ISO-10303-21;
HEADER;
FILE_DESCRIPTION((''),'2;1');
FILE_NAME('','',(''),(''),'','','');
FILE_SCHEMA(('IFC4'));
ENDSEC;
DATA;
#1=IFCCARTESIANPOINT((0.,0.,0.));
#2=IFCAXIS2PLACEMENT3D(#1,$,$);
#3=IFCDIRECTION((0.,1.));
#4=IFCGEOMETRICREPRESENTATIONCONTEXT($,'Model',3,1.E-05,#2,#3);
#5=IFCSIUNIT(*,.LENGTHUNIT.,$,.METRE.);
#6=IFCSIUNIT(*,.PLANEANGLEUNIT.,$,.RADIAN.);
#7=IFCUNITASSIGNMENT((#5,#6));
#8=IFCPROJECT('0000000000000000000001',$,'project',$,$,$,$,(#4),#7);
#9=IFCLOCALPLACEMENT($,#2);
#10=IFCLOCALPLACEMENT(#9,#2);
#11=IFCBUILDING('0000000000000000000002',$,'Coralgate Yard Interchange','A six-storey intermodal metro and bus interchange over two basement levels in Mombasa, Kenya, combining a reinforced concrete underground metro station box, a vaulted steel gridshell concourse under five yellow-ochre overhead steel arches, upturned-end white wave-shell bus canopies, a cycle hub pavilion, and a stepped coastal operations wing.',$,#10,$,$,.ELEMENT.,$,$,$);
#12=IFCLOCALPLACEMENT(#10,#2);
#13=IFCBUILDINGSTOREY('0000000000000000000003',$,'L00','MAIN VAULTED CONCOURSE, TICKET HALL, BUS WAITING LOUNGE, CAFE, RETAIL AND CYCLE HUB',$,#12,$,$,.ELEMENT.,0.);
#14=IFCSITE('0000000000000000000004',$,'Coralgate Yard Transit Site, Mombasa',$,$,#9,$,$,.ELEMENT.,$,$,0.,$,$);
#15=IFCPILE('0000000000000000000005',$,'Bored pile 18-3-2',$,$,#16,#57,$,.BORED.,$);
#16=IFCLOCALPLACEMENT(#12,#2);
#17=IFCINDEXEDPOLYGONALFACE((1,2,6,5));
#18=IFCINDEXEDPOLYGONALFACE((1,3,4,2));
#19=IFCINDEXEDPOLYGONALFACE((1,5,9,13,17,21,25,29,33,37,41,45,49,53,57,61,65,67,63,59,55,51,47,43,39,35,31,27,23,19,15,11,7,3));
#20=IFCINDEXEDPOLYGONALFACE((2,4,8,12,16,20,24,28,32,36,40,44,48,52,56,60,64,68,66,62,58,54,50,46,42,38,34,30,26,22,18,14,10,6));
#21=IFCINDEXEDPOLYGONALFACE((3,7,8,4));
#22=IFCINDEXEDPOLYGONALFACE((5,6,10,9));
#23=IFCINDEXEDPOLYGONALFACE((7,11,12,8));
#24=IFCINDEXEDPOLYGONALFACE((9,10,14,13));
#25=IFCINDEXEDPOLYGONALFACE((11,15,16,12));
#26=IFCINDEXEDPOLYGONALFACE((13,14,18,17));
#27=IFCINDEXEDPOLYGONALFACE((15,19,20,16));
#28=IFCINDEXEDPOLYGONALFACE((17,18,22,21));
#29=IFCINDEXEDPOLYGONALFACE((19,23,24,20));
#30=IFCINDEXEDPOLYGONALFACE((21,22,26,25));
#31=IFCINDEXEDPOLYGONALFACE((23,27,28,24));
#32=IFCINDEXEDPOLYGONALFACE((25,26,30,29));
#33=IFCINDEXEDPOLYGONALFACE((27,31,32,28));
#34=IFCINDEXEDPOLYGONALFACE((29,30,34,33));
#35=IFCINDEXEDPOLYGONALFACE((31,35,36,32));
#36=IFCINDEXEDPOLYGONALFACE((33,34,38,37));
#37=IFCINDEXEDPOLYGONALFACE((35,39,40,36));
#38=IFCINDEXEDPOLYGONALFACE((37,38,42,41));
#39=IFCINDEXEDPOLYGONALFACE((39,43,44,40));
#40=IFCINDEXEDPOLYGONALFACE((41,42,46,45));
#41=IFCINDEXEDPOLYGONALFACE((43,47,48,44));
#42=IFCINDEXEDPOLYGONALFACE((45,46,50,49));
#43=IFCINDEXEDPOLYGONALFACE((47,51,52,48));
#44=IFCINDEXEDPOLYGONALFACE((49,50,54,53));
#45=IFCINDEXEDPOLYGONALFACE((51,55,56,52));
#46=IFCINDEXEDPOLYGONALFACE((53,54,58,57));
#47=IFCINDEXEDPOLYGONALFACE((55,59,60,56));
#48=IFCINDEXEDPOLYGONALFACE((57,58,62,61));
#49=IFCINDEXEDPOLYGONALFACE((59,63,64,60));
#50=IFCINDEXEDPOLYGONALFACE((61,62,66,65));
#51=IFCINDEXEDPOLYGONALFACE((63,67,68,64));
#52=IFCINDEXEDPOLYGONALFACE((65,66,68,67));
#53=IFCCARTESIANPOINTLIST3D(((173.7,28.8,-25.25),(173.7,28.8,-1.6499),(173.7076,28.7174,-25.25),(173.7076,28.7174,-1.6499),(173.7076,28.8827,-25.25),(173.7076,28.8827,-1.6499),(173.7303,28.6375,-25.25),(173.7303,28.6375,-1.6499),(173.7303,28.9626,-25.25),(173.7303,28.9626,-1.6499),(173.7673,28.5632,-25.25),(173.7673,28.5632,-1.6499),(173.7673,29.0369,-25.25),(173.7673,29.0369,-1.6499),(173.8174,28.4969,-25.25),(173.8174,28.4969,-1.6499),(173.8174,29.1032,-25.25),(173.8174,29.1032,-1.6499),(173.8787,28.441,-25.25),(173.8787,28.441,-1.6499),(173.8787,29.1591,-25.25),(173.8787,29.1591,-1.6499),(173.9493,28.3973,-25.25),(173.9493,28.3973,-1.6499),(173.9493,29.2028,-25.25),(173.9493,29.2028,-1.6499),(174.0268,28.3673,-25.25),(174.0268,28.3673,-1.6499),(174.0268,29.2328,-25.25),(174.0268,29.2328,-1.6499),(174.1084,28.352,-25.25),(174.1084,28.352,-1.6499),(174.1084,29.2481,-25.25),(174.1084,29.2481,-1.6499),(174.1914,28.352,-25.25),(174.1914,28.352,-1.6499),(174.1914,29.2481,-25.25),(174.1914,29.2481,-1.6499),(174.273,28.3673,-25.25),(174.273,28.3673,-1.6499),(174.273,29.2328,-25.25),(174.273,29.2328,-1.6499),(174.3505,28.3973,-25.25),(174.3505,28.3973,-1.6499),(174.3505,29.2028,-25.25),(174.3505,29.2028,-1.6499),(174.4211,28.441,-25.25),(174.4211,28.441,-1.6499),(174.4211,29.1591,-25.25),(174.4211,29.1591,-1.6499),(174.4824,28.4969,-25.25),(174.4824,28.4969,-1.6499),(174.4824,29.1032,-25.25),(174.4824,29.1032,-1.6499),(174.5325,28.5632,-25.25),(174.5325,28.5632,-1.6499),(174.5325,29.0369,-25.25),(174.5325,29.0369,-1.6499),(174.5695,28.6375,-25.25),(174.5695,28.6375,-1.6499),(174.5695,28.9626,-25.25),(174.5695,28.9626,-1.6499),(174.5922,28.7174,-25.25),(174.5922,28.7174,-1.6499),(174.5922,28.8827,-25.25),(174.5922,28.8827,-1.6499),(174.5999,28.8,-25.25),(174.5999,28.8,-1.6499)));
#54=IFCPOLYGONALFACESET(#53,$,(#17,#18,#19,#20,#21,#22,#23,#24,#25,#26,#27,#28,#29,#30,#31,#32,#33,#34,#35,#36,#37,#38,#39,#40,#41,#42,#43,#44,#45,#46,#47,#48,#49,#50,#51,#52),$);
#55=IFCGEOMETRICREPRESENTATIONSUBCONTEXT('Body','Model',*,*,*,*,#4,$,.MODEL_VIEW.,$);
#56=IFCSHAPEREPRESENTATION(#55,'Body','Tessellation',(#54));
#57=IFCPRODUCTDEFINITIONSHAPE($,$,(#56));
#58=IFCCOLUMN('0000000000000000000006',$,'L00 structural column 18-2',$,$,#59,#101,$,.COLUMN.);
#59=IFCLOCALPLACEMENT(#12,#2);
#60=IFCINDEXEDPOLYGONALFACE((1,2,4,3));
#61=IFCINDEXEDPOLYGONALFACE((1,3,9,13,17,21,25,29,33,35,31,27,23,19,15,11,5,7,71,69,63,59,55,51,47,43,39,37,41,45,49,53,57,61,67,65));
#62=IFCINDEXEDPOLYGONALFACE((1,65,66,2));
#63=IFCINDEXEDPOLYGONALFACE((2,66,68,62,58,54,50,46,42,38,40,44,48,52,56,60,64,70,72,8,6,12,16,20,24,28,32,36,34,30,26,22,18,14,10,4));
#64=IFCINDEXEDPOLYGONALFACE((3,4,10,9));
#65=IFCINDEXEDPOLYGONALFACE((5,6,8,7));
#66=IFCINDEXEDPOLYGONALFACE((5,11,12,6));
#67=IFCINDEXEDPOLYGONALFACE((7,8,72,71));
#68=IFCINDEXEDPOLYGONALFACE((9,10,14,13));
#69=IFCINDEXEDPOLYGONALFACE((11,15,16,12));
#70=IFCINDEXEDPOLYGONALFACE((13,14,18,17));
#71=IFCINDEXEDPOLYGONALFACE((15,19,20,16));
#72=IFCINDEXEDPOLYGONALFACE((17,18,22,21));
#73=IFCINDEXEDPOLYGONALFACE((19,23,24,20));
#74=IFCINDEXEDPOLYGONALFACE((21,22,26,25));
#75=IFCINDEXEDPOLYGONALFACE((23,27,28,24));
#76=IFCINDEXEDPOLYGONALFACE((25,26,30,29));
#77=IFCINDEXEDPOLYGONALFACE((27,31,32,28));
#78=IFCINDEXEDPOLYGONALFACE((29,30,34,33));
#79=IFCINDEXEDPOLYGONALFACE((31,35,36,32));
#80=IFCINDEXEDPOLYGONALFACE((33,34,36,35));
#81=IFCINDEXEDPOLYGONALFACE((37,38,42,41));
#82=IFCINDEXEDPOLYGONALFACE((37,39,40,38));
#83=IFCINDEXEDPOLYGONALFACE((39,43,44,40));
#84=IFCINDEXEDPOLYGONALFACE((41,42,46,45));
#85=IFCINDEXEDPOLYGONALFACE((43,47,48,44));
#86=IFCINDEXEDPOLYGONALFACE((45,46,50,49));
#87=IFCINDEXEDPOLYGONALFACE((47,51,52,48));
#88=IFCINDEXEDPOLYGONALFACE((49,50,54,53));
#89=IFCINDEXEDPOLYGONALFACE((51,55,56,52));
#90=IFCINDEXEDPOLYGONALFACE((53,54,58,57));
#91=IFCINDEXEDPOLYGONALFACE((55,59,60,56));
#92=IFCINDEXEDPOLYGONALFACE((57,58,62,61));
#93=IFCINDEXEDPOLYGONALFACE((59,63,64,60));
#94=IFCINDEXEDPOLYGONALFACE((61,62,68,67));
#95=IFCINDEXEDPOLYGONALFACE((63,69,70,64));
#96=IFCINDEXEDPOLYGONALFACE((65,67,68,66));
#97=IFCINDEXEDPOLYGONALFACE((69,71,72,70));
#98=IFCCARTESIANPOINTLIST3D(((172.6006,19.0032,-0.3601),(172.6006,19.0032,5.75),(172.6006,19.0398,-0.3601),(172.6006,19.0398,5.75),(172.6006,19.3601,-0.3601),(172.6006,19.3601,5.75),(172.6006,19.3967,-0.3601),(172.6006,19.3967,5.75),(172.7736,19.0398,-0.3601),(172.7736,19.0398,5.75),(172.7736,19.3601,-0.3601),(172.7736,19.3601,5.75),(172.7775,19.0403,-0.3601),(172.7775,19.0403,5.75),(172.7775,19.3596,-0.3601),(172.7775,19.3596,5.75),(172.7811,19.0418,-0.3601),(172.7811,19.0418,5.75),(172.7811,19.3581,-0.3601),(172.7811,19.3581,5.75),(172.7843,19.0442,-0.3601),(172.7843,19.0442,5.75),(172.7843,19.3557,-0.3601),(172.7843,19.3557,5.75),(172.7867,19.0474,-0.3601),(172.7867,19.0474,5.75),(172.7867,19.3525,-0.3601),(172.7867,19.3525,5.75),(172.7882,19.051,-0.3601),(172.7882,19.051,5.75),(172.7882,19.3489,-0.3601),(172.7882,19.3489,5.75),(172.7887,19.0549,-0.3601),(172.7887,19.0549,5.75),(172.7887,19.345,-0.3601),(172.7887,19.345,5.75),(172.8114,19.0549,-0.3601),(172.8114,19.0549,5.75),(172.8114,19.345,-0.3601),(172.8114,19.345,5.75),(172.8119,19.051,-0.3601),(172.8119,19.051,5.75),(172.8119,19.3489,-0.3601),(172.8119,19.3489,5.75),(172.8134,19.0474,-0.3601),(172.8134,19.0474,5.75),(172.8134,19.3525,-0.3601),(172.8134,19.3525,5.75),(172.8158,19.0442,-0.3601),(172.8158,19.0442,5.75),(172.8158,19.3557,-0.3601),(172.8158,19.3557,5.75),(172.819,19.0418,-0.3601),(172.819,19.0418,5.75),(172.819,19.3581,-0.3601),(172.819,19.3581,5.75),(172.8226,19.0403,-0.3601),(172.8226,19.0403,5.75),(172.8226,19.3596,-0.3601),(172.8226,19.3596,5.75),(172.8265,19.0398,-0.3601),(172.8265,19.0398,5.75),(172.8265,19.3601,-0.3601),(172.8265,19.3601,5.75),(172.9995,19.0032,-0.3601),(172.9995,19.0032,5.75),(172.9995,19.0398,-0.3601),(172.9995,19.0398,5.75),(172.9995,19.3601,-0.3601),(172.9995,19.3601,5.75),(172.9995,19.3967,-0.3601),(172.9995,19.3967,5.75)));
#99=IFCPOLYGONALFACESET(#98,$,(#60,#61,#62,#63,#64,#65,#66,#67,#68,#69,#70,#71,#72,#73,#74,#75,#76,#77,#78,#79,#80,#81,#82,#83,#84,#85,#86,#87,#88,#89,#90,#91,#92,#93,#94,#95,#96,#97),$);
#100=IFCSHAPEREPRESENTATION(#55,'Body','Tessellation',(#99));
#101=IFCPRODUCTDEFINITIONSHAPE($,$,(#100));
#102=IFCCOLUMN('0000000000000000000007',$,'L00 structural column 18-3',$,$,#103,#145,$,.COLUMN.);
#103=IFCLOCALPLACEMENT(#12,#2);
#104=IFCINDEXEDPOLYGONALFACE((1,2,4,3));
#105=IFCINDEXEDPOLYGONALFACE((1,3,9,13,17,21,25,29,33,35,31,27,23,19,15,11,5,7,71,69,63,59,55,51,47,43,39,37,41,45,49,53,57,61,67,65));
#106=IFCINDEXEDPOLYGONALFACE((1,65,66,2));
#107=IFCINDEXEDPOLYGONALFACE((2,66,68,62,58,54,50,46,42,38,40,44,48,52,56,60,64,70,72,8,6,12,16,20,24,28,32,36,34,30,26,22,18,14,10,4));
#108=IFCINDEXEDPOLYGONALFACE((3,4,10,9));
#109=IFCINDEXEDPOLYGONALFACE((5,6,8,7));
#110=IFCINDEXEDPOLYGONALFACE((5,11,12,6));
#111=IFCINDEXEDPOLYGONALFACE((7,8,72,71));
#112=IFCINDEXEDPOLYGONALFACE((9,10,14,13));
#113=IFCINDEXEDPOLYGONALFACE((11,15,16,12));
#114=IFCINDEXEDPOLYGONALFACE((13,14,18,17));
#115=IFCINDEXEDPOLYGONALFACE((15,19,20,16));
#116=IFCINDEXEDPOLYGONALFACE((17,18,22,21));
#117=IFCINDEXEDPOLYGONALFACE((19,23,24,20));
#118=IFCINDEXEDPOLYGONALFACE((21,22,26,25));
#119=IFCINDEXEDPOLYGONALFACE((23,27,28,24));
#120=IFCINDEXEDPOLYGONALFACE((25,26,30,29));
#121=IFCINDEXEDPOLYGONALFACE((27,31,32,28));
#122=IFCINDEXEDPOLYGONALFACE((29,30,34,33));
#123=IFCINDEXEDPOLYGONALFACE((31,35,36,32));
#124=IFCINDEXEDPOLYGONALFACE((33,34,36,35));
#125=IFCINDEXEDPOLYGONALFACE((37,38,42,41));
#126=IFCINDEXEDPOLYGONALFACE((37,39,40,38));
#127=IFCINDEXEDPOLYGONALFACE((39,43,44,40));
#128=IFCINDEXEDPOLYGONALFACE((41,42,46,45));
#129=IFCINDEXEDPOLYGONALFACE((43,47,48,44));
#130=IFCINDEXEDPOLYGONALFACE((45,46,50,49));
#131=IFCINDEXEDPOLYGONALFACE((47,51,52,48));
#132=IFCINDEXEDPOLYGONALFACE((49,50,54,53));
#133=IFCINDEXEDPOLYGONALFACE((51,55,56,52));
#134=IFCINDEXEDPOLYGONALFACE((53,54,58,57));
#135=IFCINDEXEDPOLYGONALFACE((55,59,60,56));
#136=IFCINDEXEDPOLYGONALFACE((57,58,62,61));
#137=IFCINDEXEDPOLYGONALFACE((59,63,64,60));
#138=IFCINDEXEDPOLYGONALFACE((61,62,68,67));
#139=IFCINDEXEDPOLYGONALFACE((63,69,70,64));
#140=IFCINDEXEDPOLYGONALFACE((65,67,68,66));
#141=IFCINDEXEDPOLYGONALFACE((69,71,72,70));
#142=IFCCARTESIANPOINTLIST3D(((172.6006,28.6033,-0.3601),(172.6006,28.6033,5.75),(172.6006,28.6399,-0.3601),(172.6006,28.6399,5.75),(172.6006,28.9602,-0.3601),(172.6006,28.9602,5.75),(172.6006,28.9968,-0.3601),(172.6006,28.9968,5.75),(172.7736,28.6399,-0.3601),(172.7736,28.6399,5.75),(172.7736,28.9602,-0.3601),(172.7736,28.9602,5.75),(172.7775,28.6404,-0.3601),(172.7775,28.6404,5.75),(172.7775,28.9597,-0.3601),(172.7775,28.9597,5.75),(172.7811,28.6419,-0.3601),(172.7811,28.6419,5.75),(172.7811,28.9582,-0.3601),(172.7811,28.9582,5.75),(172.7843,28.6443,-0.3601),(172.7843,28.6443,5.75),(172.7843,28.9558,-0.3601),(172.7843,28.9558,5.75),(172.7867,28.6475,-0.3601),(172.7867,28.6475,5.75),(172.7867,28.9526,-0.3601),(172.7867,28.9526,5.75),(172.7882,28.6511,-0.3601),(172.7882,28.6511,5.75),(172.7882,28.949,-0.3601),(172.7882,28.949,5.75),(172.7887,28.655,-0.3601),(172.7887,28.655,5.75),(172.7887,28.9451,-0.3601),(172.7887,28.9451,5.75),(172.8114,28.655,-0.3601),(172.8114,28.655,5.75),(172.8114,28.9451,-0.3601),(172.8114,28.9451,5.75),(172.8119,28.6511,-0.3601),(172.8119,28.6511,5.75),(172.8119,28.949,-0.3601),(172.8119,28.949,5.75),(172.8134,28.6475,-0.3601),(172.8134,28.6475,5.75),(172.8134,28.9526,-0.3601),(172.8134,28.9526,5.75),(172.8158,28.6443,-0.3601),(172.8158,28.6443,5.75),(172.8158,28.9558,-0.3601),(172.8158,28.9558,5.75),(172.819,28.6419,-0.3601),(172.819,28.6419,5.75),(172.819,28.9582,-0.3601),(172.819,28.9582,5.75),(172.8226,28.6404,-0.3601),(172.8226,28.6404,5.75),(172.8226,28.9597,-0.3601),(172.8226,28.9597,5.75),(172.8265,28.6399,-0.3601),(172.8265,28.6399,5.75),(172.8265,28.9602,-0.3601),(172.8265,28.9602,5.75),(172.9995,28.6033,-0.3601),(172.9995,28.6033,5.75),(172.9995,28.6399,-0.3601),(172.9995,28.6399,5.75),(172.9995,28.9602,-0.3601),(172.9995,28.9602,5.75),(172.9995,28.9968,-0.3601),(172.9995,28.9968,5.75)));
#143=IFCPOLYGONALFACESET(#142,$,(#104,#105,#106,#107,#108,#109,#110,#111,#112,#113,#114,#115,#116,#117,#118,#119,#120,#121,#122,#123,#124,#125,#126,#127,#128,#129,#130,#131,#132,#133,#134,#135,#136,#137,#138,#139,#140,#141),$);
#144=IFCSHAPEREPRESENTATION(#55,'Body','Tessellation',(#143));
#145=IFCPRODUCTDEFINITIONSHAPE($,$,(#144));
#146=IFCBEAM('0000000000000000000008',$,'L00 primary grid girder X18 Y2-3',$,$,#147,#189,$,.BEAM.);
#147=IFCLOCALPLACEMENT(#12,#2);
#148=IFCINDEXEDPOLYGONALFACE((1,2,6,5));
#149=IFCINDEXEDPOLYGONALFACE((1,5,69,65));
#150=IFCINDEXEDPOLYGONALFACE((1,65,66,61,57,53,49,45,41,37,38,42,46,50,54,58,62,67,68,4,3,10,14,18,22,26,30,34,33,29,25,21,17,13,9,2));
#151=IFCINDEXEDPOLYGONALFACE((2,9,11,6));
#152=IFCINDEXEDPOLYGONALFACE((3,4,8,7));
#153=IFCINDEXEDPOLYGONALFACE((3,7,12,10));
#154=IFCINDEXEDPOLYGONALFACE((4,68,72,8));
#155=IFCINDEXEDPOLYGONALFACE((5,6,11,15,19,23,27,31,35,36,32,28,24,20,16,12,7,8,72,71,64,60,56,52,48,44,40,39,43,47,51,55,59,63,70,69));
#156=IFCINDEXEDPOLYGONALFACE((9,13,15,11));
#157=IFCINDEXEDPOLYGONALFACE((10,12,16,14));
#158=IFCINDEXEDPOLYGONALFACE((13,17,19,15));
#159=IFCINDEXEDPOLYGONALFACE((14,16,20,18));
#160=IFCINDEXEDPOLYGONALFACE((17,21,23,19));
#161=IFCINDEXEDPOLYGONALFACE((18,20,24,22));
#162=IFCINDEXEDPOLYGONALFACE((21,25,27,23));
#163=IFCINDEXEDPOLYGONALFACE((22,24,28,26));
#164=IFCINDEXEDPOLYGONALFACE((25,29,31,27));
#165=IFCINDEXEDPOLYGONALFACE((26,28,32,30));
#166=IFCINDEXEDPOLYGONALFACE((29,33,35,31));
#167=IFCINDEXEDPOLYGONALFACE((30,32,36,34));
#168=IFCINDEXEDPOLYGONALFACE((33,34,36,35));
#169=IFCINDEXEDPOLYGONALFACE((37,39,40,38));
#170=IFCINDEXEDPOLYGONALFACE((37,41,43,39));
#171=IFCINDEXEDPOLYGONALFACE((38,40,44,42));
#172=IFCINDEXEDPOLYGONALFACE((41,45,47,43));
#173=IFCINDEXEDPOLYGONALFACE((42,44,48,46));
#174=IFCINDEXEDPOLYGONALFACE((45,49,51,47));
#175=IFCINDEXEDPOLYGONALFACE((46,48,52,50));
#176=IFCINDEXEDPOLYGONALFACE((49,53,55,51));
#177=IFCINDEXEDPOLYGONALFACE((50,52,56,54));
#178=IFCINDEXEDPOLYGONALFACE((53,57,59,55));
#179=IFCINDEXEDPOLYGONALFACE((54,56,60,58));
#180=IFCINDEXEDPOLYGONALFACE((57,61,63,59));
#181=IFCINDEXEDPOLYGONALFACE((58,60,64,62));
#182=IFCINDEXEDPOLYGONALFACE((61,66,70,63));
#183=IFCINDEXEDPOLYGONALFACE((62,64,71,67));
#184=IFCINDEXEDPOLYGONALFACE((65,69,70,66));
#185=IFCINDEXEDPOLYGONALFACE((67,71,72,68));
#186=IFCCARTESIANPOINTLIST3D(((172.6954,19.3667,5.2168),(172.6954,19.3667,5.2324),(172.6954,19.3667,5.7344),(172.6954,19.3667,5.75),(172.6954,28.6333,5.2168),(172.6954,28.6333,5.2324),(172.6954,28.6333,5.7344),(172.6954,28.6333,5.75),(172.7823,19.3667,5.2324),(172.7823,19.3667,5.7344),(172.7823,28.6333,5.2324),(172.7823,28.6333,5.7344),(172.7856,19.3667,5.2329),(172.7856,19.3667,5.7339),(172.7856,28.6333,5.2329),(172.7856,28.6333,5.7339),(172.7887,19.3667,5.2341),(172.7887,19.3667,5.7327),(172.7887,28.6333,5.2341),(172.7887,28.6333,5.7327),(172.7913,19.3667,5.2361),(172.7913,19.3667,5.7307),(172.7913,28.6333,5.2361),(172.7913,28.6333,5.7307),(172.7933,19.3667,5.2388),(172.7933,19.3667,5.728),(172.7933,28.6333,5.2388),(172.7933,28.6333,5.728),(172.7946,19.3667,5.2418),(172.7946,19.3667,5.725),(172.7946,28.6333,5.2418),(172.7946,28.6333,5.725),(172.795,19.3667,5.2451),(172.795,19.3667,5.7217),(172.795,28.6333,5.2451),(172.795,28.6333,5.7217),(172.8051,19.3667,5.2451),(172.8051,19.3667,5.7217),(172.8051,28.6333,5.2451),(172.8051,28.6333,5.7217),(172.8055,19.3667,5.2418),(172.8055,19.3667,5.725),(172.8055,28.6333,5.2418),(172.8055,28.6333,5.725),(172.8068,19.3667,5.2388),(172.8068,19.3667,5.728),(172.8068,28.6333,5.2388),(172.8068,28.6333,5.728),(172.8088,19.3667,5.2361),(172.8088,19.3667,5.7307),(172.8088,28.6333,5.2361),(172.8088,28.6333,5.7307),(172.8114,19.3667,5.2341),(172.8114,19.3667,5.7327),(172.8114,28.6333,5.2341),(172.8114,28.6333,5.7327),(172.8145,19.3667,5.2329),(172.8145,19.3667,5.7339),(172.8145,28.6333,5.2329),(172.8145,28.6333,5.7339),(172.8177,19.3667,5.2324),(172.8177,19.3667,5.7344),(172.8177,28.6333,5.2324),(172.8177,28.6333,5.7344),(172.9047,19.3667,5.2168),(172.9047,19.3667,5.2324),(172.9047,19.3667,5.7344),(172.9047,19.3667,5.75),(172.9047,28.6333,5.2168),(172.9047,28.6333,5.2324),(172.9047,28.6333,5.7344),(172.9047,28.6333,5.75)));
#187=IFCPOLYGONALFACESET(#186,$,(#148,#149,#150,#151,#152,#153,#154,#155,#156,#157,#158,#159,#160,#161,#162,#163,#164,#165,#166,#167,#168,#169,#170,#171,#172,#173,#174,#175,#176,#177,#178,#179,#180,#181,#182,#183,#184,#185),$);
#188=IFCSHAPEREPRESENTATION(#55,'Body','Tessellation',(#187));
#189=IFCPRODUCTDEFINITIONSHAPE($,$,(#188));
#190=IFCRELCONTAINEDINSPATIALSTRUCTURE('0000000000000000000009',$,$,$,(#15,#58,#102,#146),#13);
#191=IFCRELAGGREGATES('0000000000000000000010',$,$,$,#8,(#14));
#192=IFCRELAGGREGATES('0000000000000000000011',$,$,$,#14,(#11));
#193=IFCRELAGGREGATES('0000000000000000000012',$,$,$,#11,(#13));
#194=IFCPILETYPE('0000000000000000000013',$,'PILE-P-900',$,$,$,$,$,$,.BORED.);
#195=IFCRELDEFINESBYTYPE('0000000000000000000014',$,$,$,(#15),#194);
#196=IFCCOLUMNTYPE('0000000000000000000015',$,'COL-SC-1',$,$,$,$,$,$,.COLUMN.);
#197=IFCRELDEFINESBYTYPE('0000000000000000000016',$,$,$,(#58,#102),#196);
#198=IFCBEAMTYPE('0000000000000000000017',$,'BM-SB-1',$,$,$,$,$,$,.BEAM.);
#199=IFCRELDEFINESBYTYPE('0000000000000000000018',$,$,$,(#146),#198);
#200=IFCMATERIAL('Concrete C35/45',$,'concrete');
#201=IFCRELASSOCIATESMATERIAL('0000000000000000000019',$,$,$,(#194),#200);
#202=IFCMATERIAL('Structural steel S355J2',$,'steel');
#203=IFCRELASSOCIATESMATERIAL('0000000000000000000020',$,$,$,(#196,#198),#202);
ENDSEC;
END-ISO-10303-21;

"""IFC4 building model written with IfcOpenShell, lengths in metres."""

from ifc_helpers import new_model, si_unit, direction, frame, origin, origin_2d, place, context, subcontext, project, spatial, circle, i_section, extrude, material, material_profile, profile_set, type_object, element, save


model = new_model("IFC4")

# Units and contexts
model_context = context("Model", 3, precision=1e-05, world=origin(), true_north=direction((0.0, 1.0)))
body_context = subcontext(model_context, "Body", "Model", "MODEL_VIEW")
ifc_project = project(units=[si_unit("LENGTHUNIT", "METRE"), si_unit("PLANEANGLEUNIT", "RADIAN")], contexts=[model_context])

# Site, building, storey
site_placement = place(None, origin())
site = spatial("IfcSite", under=ifc_project, at=site_placement, Name="Coralgate Yard Transit Site, Mombasa", CompositionType="ELEMENT", RefElevation=0.0)
building_placement = place(site_placement, origin())
building = spatial("IfcBuilding", under=site, at=building_placement, Name="Coralgate Yard Interchange", Description="A six-storey intermodal metro and bus interchange over two basement levels in Mombasa, Kenya, combining a reinforced concrete underground metro station box, a vaulted steel gridshell concourse under five yellow-ochre overhead steel arches, upturned-end white wave-shell bus canopies, a cycle hub pavilion, and a stepped coastal operations wing.", CompositionType="ELEMENT")
storey_placement = place(building_placement, origin())
storey = spatial("IfcBuildingStorey", under=building, at=storey_placement, Name="L00", Description="MAIN VAULTED CONCOURSE, TICKET HALL, BUS WAITING LOUNGE, CAFE, RETAIL AND CYCLE HUB", CompositionType="ELEMENT", Elevation=0.0)

# Pile
ifc_material_1 = material(Name="Concrete C35/45", Category="concrete")
ifc_material_profile_1 = material_profile(ifc_material_1, circle(Radius=0.45, at=origin_2d()), Name="BORED PILE D900")
ifc_profile_set_1 = profile_set([ifc_material_profile_1], Name="Concrete C35/45")
pile_type = type_object("IfcPileType", Name="PILE-P-900", PredefinedType="BORED", material=ifc_profile_set_1)
for number, where, z_axis, x_axis, name in (
    (1, (174.1499, 28.8, -1.6499), (0.0, 0.0, -1.0), (1.0, 0.0, 0.0), "Bored pile 18-3-2"),
):
    element("IfcPile", number, at=place(storey_placement, frame(where, z_axis=z_axis, x_axis=x_axis)), inside=storey, type_object=pile_type, Name=name, PredefinedType="BORED", context=body_context, shape_type="SweptSolid", body=[
        extrude(circle(Radius=0.45, at=origin_2d()), origin(), (0.0, 0.0, 1.0), 23.6001),
    ])

# Columns
ifc_material_2 = material(Name="Structural steel S355J2", Category="steel")
ifc_material_profile_2 = material_profile(ifc_material_2, i_section(OverallWidth=0.3989, OverallDepth=0.3936, WebThickness=0.0227, FlangeThickness=0.0366, FilletRadius=0.0151, at=origin_2d()), Name="UC 356x406x287")
ifc_profile_set_2 = profile_set([ifc_material_profile_2], Name="Structural steel S355J2")
column_type = type_object("IfcColumnType", Name="COL-SC-1", PredefinedType="COLUMN", material=ifc_profile_set_2)
for number, where, z_axis, x_axis, name in (
    (2, (172.8, 19.2, -0.3601), (0.0, 0.0, 1.0), (1.0, 0.0, 0.0), "L00 structural column 18-2"),
    (3, (172.8, 28.8, -0.3601), (0.0, 0.0, 1.0), (1.0, 0.0, 0.0), "L00 structural column 18-3"),
):
    element("IfcColumn", number, at=place(storey_placement, frame(where, z_axis=z_axis, x_axis=x_axis)), inside=storey, type_object=column_type, Name=name, PredefinedType="COLUMN", context=body_context, shape_type="SweptSolid", body=[
        extrude(i_section(OverallWidth=0.3989, OverallDepth=0.3936, WebThickness=0.0227, FlangeThickness=0.0366, FilletRadius=0.0151, at=origin_2d()), origin(), (0.0, 0.0, 1.0), 6.1101),
    ])

# Beam
ifc_material_profile_3 = material_profile(ifc_material_2, i_section(OverallWidth=0.2092, OverallDepth=0.5332, WebThickness=0.01, FlangeThickness=0.0156, FilletRadius=0.0127, at=origin_2d()), Name="UB 533x210x92")
ifc_profile_set_3 = profile_set([ifc_material_profile_3], Name="Structural steel S355J2")
beam_type_1 = type_object("IfcBeamType", Name="BM-SB-1", PredefinedType="BEAM", material=ifc_profile_set_3)
beam_1_placement = place(storey_placement, frame((172.8, 19.3667, 5.4834), z_axis=(0.0, 1.0, 0.0), x_axis=(-1.0, 0.0, 0.0)))
element("IfcBeam", 4, at=beam_1_placement, inside=storey, type_object=beam_type_1, Name="L00 primary grid girder X18 Y2-3", PredefinedType="BEAM", context=body_context, shape_type="SweptSolid", body=[
    extrude(i_section(OverallWidth=0.2092, OverallDepth=0.5332, WebThickness=0.01, FlangeThickness=0.0156, FilletRadius=0.0127, at=origin_2d()), origin(), (0.0, 0.0, 1.0), 9.2666),
])

save(model, "model.ifc")
